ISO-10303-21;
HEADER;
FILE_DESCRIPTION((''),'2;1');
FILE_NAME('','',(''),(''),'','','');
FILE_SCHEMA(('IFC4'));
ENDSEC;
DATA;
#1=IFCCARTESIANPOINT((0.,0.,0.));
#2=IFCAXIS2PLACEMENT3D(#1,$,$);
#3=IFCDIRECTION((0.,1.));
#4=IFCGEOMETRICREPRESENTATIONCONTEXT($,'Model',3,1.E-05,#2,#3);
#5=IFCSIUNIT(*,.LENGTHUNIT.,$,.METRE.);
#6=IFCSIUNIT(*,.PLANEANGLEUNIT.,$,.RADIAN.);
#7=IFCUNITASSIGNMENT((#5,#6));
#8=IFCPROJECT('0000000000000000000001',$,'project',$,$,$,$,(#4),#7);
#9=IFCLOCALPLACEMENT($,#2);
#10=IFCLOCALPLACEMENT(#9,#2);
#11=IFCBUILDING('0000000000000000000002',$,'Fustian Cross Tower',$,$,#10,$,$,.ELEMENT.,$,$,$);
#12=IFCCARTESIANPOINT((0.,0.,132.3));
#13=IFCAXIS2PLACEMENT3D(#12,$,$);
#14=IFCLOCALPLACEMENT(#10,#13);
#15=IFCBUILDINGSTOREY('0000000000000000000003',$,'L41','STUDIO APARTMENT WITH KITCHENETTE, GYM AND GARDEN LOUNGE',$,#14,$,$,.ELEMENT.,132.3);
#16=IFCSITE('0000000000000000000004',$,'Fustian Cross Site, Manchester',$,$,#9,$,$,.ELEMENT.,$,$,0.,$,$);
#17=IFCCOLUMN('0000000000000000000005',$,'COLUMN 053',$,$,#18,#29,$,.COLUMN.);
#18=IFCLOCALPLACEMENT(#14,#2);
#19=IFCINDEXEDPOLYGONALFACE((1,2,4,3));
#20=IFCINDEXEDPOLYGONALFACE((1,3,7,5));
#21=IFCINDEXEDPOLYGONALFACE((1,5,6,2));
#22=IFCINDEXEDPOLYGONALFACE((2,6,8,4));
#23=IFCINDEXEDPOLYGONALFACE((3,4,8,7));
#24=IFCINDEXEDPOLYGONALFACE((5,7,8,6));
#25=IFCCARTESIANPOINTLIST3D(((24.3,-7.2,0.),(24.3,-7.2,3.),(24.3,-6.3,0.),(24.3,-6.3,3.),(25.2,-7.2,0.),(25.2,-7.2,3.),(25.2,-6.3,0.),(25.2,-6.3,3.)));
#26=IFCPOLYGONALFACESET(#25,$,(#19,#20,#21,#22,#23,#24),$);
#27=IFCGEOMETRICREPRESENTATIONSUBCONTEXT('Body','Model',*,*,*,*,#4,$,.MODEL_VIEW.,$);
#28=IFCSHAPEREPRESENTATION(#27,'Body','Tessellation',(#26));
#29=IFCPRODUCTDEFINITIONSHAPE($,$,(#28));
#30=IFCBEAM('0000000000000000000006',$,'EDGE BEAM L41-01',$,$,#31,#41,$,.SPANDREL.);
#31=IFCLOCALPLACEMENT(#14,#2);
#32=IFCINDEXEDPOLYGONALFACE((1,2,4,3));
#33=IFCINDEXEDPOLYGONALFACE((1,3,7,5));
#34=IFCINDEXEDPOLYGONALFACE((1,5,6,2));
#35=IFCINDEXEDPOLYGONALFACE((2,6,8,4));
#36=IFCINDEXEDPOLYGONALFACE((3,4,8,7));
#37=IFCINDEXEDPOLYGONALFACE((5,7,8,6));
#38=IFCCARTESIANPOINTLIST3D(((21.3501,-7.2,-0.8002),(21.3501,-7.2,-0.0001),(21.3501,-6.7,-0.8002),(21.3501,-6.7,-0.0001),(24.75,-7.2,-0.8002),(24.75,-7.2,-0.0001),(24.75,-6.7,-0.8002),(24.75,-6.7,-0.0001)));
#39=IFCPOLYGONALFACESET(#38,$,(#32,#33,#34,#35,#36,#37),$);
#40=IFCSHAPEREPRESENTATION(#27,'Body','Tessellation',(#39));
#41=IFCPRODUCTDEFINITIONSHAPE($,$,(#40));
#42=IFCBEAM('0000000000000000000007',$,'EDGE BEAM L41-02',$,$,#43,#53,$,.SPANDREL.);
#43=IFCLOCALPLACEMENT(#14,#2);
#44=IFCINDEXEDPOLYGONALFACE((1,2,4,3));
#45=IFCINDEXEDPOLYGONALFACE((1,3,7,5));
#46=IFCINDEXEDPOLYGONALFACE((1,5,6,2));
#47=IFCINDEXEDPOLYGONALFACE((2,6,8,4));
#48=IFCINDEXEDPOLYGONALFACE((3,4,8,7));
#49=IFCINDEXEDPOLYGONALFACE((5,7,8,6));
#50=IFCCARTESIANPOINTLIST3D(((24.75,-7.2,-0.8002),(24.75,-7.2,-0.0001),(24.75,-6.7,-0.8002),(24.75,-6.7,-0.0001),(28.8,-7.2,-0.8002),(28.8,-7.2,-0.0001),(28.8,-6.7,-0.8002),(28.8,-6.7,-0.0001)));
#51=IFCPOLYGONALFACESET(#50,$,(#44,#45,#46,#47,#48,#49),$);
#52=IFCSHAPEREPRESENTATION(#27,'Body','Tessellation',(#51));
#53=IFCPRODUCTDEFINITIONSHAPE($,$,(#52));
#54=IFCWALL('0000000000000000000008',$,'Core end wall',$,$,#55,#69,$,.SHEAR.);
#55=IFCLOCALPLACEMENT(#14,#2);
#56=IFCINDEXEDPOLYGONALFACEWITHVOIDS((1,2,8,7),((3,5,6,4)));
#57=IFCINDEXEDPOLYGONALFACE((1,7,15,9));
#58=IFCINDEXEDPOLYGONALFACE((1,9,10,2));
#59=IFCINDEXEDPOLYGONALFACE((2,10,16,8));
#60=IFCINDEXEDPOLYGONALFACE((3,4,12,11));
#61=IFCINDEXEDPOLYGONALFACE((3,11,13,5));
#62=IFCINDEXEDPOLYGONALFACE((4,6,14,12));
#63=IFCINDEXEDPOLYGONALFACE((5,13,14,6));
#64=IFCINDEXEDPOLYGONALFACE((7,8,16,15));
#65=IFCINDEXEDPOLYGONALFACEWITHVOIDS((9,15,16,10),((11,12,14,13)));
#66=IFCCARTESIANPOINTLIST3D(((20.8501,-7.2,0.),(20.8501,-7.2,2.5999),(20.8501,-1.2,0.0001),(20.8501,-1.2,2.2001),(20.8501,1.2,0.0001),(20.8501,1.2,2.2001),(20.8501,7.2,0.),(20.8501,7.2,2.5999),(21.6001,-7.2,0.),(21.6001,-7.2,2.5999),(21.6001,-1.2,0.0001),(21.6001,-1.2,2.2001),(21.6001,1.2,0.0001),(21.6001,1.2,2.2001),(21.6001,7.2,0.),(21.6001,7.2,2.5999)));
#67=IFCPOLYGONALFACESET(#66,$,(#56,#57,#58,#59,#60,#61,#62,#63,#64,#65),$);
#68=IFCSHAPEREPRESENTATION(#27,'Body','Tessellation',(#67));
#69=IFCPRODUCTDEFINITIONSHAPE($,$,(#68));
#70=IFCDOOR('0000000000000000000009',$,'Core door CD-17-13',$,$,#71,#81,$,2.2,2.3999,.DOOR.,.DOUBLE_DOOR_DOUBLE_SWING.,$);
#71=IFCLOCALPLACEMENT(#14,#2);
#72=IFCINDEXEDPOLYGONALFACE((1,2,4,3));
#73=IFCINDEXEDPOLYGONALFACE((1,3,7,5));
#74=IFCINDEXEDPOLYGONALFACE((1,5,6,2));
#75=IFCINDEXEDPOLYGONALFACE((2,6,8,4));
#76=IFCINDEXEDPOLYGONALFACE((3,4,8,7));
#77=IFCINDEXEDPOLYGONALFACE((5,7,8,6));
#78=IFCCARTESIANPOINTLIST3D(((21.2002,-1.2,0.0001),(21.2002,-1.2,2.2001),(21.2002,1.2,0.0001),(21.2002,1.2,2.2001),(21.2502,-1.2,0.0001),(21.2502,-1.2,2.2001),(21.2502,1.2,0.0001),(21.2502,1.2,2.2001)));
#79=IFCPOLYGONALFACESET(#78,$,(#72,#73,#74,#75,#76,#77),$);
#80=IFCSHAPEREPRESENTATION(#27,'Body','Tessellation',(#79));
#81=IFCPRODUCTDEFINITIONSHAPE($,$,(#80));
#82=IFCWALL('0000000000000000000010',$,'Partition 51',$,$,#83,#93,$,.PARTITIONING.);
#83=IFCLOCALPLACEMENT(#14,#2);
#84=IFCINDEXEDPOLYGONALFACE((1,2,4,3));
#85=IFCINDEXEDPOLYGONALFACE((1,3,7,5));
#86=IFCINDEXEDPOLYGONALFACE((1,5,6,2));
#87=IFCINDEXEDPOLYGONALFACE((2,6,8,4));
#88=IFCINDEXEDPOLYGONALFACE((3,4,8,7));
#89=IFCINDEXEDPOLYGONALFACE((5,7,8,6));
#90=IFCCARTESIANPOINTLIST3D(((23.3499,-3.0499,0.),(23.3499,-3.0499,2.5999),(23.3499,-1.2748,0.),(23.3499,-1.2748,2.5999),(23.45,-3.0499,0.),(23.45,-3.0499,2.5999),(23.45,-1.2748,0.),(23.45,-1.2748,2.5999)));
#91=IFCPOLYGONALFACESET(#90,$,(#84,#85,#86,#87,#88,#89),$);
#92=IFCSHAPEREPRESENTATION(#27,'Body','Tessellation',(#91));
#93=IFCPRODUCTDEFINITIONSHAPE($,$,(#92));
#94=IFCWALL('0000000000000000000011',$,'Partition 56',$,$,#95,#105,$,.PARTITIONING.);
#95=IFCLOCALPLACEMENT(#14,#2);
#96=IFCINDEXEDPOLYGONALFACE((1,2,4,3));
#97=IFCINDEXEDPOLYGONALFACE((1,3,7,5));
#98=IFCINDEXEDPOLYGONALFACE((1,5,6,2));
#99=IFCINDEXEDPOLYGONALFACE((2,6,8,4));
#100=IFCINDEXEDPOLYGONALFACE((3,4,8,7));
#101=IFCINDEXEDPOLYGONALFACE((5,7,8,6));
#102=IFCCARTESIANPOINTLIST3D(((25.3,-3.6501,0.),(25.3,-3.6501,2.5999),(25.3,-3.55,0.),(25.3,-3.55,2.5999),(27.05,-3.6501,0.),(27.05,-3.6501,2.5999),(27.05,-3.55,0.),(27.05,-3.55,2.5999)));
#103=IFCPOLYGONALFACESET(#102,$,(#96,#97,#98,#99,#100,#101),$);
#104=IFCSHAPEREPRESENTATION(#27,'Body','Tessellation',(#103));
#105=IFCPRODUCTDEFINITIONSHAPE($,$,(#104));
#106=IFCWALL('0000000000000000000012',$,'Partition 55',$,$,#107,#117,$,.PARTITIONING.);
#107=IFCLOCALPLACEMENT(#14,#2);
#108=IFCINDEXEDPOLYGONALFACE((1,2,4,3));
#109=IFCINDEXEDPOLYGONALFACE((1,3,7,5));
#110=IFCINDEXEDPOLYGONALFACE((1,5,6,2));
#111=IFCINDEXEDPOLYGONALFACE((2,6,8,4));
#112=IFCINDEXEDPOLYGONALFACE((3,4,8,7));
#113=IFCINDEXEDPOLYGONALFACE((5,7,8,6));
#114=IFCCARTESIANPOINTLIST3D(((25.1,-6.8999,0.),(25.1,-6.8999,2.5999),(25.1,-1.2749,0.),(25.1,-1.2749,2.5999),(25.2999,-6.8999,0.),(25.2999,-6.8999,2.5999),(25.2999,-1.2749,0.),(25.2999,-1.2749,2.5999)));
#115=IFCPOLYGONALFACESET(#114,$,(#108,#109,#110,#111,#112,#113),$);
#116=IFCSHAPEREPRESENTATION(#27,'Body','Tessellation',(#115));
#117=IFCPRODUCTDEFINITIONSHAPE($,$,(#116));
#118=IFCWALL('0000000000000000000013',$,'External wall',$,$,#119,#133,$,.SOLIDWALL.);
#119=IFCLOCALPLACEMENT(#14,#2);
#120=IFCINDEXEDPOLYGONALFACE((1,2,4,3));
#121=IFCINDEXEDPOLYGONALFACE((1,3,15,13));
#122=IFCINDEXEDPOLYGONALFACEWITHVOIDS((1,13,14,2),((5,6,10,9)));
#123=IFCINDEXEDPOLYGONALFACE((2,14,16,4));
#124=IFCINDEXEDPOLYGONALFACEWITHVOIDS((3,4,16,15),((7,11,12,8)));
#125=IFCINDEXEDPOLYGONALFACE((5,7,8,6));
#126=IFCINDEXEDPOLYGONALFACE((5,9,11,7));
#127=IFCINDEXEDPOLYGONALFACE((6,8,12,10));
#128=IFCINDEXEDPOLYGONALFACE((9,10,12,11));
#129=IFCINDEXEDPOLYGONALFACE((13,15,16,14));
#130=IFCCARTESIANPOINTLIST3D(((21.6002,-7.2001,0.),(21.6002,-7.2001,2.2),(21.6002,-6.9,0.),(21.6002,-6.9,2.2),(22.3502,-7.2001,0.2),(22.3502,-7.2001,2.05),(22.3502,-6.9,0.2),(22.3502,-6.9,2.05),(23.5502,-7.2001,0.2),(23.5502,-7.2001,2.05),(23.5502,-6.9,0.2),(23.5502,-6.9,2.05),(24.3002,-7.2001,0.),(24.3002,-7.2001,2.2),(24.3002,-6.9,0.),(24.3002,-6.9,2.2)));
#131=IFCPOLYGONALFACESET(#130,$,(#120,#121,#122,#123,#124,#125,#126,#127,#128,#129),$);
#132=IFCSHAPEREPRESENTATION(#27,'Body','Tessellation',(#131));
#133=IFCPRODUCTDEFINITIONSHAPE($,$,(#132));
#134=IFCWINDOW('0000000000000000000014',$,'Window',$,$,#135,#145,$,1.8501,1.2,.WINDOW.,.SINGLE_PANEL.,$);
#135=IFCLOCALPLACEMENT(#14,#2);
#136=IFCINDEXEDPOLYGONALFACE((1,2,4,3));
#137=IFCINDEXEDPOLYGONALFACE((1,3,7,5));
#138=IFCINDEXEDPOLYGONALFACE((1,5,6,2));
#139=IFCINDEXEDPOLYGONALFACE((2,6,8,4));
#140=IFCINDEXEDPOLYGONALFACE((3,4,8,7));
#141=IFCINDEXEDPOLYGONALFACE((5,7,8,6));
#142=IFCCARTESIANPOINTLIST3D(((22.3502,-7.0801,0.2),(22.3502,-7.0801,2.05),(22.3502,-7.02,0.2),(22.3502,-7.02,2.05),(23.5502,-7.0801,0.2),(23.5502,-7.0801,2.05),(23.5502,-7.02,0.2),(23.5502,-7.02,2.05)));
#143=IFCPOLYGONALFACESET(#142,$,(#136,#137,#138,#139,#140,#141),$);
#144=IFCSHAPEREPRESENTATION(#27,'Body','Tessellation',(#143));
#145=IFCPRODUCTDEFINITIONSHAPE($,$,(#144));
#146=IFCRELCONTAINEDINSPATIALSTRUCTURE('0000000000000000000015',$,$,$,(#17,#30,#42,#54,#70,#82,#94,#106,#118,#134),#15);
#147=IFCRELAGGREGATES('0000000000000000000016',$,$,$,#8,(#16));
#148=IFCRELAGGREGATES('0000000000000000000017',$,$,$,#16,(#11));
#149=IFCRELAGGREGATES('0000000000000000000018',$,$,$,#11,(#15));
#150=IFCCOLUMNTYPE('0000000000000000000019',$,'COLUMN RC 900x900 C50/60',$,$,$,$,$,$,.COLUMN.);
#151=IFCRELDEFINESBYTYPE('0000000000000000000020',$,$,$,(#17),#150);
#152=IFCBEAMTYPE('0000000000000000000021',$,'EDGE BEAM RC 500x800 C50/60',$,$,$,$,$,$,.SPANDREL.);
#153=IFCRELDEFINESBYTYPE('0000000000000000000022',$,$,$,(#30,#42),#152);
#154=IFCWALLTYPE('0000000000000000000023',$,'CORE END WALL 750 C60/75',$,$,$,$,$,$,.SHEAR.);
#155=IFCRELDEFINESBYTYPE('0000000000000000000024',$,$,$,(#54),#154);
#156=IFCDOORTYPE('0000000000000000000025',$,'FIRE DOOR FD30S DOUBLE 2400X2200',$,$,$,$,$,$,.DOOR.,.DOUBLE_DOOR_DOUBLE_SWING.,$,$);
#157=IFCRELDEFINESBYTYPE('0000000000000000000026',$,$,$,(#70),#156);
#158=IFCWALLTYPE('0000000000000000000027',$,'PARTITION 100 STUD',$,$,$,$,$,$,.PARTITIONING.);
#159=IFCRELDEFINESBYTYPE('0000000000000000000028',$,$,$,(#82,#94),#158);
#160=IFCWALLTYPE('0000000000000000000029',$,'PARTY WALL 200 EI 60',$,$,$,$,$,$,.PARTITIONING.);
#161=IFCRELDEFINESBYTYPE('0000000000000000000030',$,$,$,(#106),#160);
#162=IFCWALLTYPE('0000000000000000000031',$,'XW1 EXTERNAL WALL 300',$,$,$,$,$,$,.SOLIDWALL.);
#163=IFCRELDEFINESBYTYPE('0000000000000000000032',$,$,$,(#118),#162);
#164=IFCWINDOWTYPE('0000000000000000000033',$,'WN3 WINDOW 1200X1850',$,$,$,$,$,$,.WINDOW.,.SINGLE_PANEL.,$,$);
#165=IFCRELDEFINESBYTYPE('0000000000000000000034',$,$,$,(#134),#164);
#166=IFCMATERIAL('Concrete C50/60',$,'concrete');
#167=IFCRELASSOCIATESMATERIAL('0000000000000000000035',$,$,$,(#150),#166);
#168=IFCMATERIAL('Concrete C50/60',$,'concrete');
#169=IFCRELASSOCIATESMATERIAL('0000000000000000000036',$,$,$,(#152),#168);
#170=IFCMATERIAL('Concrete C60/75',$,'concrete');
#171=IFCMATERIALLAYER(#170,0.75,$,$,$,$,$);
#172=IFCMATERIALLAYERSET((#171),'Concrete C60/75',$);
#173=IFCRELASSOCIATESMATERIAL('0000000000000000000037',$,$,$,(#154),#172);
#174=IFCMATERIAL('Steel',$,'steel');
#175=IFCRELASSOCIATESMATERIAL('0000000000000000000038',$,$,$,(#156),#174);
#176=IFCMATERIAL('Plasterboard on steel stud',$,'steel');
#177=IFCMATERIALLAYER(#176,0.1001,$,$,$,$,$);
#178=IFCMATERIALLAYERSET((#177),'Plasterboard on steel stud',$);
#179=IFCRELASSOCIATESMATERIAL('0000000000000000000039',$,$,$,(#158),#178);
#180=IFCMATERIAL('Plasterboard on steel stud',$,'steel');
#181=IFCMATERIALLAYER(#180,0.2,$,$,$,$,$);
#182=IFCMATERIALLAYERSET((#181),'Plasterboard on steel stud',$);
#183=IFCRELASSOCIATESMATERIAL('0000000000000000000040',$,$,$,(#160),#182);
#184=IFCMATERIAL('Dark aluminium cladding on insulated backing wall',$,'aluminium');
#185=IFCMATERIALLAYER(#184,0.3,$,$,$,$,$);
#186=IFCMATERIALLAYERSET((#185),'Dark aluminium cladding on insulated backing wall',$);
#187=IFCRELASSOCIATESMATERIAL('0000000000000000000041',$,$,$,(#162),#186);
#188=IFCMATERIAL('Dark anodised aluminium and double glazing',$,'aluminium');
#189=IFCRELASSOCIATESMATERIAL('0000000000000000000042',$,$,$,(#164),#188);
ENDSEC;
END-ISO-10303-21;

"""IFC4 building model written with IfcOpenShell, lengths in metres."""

from ifc_helpers import new_model, si_unit, direction, frame, frame_2d, origin, origin_2d, place, context, subcontext, project, spatial, rectangle, extrude, material, layer, layer_set, material_profile, profile_set, type_object, element, fill, save


model = new_model("IFC4")

# Units and contexts
model_context = context("Model", 3, precision=1e-05, world=origin(), true_north=direction((0.0, 1.0)))
body_context = subcontext(model_context, "Body", "Model", "MODEL_VIEW")
ifc_project = project(units=[si_unit("LENGTHUNIT", "METRE"), si_unit("PLANEANGLEUNIT", "RADIAN")], contexts=[model_context])

# Site, building, storey
site_placement = place(None, origin())
site = spatial("IfcSite", under=ifc_project, at=site_placement, Name="Fustian Cross Site, Manchester", CompositionType="ELEMENT", RefElevation=0.0)
building_placement = place(site_placement, origin())
building = spatial("IfcBuilding", under=site, at=building_placement, Name="Fustian Cross Tower", CompositionType="ELEMENT")
storey_placement = place(building_placement, frame((0.0, 0.0, 132.3)))
storey = spatial("IfcBuildingStorey", under=building, at=storey_placement, Name="L41", Description="STUDIO APARTMENT WITH KITCHENETTE, GYM AND GARDEN LOUNGE", CompositionType="ELEMENT", Elevation=132.3)

# Column
ifc_material_1 = material(Name="Concrete C50/60", Category="concrete")
ifc_material_profile_1 = material_profile(ifc_material_1, rectangle(XDim=0.8999, YDim=0.8999, at=origin_2d()), Name="RC 900x900")
ifc_profile_set_1 = profile_set([ifc_material_profile_1], Name="Concrete C50/60")
column_type = type_object("IfcColumnType", Name="COLUMN RC 900x900 C50/60", PredefinedType="COLUMN", material=ifc_profile_set_1)
column_placement = place(storey_placement, frame((24.75, -6.75, 0.0), z_axis=(0.0, 0.0, 1.0), x_axis=(1.0, 0.0, 0.0)))
element("IfcColumn", 1, at=column_placement, inside=storey, type_object=column_type, Name="COLUMN 053", PredefinedType="COLUMN", context=body_context, shape_type="SweptSolid", body=[
    extrude(rectangle(XDim=0.8999, YDim=0.8999, at=origin_2d()), origin(), (0.0, 0.0, 1.0), 3.0),
])

# Beams
ifc_material_2 = material(Name="Concrete C50/60", Category="concrete")
ifc_material_profile_2 = material_profile(ifc_material_2, rectangle(XDim=0.5, YDim=0.8, at=origin_2d()), Name="RC 500x800")
ifc_profile_set_2 = profile_set([ifc_material_profile_2], Name="Concrete C50/60")
beam_type = type_object("IfcBeamType", Name="EDGE BEAM RC 500x800 C50/60", PredefinedType="SPANDREL", material=ifc_profile_set_2)
beam_1_placement = place(storey_placement, frame((21.3501, -6.95, -0.4001), z_axis=(1.0, 0.0, 0.0), x_axis=(0.0, 1.0, 0.0)))
element("IfcBeam", 2, at=beam_1_placement, inside=storey, type_object=beam_type, Name="EDGE BEAM L41-01", PredefinedType="SPANDREL", context=body_context, shape_type="SweptSolid", body=[
    extrude(rectangle(XDim=0.5, YDim=0.8, at=origin_2d()), origin(), (0.0, 0.0, 1.0), 3.3999),
])
beam_2_placement = place(storey_placement, frame((24.75, -6.95, -0.4001), z_axis=(1.0, 0.0, 0.0), x_axis=(0.0, 1.0, 0.0)))
element("IfcBeam", 3, at=beam_2_placement, inside=storey, type_object=beam_type, Name="EDGE BEAM L41-02", PredefinedType="SPANDREL", context=body_context, shape_type="SweptSolid", body=[
    extrude(rectangle(XDim=0.5, YDim=0.8, at=origin_2d()), origin(), (0.0, 0.0, 1.0), 4.05),
])

# Wall, opening, door
ifc_material_3 = material(Name="Concrete C60/75", Category="concrete")
ifc_layer_1 = layer(ifc_material_3, 0.75)
ifc_layer_set_1 = layer_set([ifc_layer_1], Name="Concrete C60/75")
wall_type_1 = type_object("IfcWallType", Name="CORE END WALL 750 C60/75", PredefinedType="SHEAR", material=ifc_layer_set_1)
wall_1_placement = place(storey_placement, frame((21.2251, -7.2, 0.0), z_axis=(0.0, 0.0, 1.0), x_axis=(0.0, 1.0, 0.0)))
wall_1 = element("IfcWall", 4, at=wall_1_placement, inside=storey, type_object=wall_type_1, Name="Core end wall", PredefinedType="SHEAR", context=body_context, shape_type="SweptSolid", body=[
    extrude(rectangle(XDim=14.3999, YDim=0.75, at=frame_2d((7.2, 0.0))), origin(), (0.0, 0.0, 1.0), 2.5999),
])
opening_1_placement = place(wall_1_placement, frame((6.0, 0.0, 0.0)))
opening_1 = element("IfcOpeningElement", 5, at=opening_1_placement, cuts=wall_1, PredefinedType="OPENING", context=body_context, shape_type="SweptSolid", body=[
    extrude(rectangle(XDim=2.3999, YDim=2.2, at=frame_2d((1.2, 1.1001))), frame((0.0, 0.385, 0.0), z_axis=(0.0, -1.0, 0.0), x_axis=(1.0, 0.0, 0.0)), (0.0, 0.0, 1.0), 0.77),
])
ifc_material_4 = material(Name="Steel", Category="steel")
door_type = type_object("IfcDoorType", Name="FIRE DOOR FD30S DOUBLE 2400X2200", OperationType="DOUBLE_DOOR_DOUBLE_SWING", PredefinedType="DOOR", material=ifc_material_4)
door_placement = place(opening_1_placement, origin())
door = element("IfcDoor", 6, at=door_placement, inside=storey, type_object=door_type, Name="Core door CD-17-13", OperationType="DOUBLE_DOOR_DOUBLE_SWING", OverallHeight=2.2, OverallWidth=2.3999, PredefinedType="DOOR", context=body_context, shape_type="SweptSolid", body=[
    extrude(rectangle(XDim=2.3999, YDim=2.2, at=frame_2d((1.2, 1.1001))), frame((0.0, 0.0249, 0.0), z_axis=(0.0, -1.0, 0.0), x_axis=(1.0, 0.0, 0.0)), (0.0, 0.0, 1.0), 0.05),
])
fill(opening_1, door)

# Walls
ifc_material_5 = material(Name="Plasterboard on steel stud", Category="steel")
ifc_layer_2 = layer(ifc_material_5, 0.1001)
ifc_layer_set_2 = layer_set([ifc_layer_2], Name="Plasterboard on steel stud")
wall_type_2 = type_object("IfcWallType", Name="PARTITION 100 STUD", PredefinedType="PARTITIONING", material=ifc_layer_set_2)
wall_2_placement = place(storey_placement, frame((23.3999, -3.05, 0.0), z_axis=(0.0, 0.0, 1.0), x_axis=(0.0, 1.0, 0.0)))
element("IfcWall", 7, at=wall_2_placement, inside=storey, type_object=wall_type_2, Name="Partition 51", PredefinedType="PARTITIONING", context=body_context, shape_type="SweptSolid", body=[
    extrude(rectangle(XDim=1.7751, YDim=0.1001, at=frame_2d((0.8877, 0.0))), origin(), (0.0, 0.0, 1.0), 2.5999),
])
wall_3_placement = place(storey_placement, frame((25.3, -3.6001, 0.0), z_axis=(0.0, 0.0, 1.0), x_axis=(1.0, 0.0, 0.0)))
element("IfcWall", 8, at=wall_3_placement, inside=storey, type_object=wall_type_2, Name="Partition 56", PredefinedType="PARTITIONING", context=body_context, shape_type="SweptSolid", body=[
    extrude(rectangle(XDim=1.75, YDim=0.1001, at=frame_2d((0.875, 0.0))), origin(), (0.0, 0.0, 1.0), 2.5999),
])
ifc_material_6 = material(Name="Plasterboard on steel stud", Category="steel")
ifc_layer_3 = layer(ifc_material_6, 0.2)
ifc_layer_set_3 = layer_set([ifc_layer_3], Name="Plasterboard on steel stud")
wall_type_3 = type_object("IfcWallType", Name="PARTY WALL 200 EI 60", PredefinedType="PARTITIONING", material=ifc_layer_set_3)
wall_4_placement = place(storey_placement, frame((25.2, -6.8999, 0.0), z_axis=(0.0, 0.0, 1.0), x_axis=(0.0, 1.0, 0.0)))
element("IfcWall", 9, at=wall_4_placement, inside=storey, type_object=wall_type_3, Name="Partition 55", PredefinedType="PARTITIONING", context=body_context, shape_type="SweptSolid", body=[
    extrude(rectangle(XDim=5.625, YDim=0.2, at=frame_2d((2.8125, 0.0))), origin(), (0.0, 0.0, 1.0), 2.5999),
])

# Wall, opening, window
ifc_material_7 = material(Name="Dark aluminium cladding on insulated backing wall", Category="aluminium")
ifc_layer_4 = layer(ifc_material_7, 0.3)
ifc_layer_set_4 = layer_set([ifc_layer_4], Name="Dark aluminium cladding on insulated backing wall")
wall_type_4 = type_object("IfcWallType", Name="XW1 EXTERNAL WALL 300", PredefinedType="SOLIDWALL", material=ifc_layer_set_4)
wall_5_placement = place(storey_placement, frame((21.6001, -7.05, 0.0), z_axis=(0.0, 0.0, 1.0), x_axis=(1.0, 0.0, 0.0)))
wall_5 = element("IfcWall", 10, at=wall_5_placement, inside=storey, type_object=wall_type_4, Name="External wall", PredefinedType="SOLIDWALL", context=body_context, shape_type="SweptSolid", body=[
    extrude(rectangle(XDim=2.7, YDim=0.3, at=frame_2d((1.3501, 0.0))), origin(), (0.0, 0.0, 1.0), 2.2),
])
opening_2_placement = place(wall_5_placement, frame((0.75, 0.0, 0.2)))
opening_2 = element("IfcOpeningElement", 11, at=opening_2_placement, cuts=wall_5, PredefinedType="OPENING", context=body_context, shape_type="SweptSolid", body=[
    extrude(rectangle(XDim=1.2, YDim=1.8501, at=frame_2d((0.6001, 0.925))), frame((0.0, 0.1599, 0.0), z_axis=(0.0, -1.0, 0.0), x_axis=(1.0, 0.0, 0.0)), (0.0, 0.0, 1.0), 0.3201),
])
ifc_material_8 = material(Name="Dark anodised aluminium and double glazing", Category="aluminium")
window_type = type_object("IfcWindowType", Name="WN3 WINDOW 1200X1850", PartitioningType="SINGLE_PANEL", PredefinedType="WINDOW", material=ifc_material_8)
window_1_placement = place(opening_2_placement, origin())
window_1 = element("IfcWindow", 12, at=window_1_placement, inside=storey, type_object=window_type, Name="Window", OverallHeight=1.8501, OverallWidth=1.2, PartitioningType="SINGLE_PANEL", PredefinedType="WINDOW", context=body_context, shape_type="SweptSolid", body=[
    extrude(rectangle(XDim=1.2, YDim=1.8501, at=frame_2d((0.6001, 0.925))), frame((0.0, 0.03, 0.0), z_axis=(0.0, -1.0, 0.0), x_axis=(1.0, 0.0, 0.0)), (0.0, 0.0, 1.0), 0.0601),
])
fill(opening_2, window_1)

save(model, "model.ifc")
